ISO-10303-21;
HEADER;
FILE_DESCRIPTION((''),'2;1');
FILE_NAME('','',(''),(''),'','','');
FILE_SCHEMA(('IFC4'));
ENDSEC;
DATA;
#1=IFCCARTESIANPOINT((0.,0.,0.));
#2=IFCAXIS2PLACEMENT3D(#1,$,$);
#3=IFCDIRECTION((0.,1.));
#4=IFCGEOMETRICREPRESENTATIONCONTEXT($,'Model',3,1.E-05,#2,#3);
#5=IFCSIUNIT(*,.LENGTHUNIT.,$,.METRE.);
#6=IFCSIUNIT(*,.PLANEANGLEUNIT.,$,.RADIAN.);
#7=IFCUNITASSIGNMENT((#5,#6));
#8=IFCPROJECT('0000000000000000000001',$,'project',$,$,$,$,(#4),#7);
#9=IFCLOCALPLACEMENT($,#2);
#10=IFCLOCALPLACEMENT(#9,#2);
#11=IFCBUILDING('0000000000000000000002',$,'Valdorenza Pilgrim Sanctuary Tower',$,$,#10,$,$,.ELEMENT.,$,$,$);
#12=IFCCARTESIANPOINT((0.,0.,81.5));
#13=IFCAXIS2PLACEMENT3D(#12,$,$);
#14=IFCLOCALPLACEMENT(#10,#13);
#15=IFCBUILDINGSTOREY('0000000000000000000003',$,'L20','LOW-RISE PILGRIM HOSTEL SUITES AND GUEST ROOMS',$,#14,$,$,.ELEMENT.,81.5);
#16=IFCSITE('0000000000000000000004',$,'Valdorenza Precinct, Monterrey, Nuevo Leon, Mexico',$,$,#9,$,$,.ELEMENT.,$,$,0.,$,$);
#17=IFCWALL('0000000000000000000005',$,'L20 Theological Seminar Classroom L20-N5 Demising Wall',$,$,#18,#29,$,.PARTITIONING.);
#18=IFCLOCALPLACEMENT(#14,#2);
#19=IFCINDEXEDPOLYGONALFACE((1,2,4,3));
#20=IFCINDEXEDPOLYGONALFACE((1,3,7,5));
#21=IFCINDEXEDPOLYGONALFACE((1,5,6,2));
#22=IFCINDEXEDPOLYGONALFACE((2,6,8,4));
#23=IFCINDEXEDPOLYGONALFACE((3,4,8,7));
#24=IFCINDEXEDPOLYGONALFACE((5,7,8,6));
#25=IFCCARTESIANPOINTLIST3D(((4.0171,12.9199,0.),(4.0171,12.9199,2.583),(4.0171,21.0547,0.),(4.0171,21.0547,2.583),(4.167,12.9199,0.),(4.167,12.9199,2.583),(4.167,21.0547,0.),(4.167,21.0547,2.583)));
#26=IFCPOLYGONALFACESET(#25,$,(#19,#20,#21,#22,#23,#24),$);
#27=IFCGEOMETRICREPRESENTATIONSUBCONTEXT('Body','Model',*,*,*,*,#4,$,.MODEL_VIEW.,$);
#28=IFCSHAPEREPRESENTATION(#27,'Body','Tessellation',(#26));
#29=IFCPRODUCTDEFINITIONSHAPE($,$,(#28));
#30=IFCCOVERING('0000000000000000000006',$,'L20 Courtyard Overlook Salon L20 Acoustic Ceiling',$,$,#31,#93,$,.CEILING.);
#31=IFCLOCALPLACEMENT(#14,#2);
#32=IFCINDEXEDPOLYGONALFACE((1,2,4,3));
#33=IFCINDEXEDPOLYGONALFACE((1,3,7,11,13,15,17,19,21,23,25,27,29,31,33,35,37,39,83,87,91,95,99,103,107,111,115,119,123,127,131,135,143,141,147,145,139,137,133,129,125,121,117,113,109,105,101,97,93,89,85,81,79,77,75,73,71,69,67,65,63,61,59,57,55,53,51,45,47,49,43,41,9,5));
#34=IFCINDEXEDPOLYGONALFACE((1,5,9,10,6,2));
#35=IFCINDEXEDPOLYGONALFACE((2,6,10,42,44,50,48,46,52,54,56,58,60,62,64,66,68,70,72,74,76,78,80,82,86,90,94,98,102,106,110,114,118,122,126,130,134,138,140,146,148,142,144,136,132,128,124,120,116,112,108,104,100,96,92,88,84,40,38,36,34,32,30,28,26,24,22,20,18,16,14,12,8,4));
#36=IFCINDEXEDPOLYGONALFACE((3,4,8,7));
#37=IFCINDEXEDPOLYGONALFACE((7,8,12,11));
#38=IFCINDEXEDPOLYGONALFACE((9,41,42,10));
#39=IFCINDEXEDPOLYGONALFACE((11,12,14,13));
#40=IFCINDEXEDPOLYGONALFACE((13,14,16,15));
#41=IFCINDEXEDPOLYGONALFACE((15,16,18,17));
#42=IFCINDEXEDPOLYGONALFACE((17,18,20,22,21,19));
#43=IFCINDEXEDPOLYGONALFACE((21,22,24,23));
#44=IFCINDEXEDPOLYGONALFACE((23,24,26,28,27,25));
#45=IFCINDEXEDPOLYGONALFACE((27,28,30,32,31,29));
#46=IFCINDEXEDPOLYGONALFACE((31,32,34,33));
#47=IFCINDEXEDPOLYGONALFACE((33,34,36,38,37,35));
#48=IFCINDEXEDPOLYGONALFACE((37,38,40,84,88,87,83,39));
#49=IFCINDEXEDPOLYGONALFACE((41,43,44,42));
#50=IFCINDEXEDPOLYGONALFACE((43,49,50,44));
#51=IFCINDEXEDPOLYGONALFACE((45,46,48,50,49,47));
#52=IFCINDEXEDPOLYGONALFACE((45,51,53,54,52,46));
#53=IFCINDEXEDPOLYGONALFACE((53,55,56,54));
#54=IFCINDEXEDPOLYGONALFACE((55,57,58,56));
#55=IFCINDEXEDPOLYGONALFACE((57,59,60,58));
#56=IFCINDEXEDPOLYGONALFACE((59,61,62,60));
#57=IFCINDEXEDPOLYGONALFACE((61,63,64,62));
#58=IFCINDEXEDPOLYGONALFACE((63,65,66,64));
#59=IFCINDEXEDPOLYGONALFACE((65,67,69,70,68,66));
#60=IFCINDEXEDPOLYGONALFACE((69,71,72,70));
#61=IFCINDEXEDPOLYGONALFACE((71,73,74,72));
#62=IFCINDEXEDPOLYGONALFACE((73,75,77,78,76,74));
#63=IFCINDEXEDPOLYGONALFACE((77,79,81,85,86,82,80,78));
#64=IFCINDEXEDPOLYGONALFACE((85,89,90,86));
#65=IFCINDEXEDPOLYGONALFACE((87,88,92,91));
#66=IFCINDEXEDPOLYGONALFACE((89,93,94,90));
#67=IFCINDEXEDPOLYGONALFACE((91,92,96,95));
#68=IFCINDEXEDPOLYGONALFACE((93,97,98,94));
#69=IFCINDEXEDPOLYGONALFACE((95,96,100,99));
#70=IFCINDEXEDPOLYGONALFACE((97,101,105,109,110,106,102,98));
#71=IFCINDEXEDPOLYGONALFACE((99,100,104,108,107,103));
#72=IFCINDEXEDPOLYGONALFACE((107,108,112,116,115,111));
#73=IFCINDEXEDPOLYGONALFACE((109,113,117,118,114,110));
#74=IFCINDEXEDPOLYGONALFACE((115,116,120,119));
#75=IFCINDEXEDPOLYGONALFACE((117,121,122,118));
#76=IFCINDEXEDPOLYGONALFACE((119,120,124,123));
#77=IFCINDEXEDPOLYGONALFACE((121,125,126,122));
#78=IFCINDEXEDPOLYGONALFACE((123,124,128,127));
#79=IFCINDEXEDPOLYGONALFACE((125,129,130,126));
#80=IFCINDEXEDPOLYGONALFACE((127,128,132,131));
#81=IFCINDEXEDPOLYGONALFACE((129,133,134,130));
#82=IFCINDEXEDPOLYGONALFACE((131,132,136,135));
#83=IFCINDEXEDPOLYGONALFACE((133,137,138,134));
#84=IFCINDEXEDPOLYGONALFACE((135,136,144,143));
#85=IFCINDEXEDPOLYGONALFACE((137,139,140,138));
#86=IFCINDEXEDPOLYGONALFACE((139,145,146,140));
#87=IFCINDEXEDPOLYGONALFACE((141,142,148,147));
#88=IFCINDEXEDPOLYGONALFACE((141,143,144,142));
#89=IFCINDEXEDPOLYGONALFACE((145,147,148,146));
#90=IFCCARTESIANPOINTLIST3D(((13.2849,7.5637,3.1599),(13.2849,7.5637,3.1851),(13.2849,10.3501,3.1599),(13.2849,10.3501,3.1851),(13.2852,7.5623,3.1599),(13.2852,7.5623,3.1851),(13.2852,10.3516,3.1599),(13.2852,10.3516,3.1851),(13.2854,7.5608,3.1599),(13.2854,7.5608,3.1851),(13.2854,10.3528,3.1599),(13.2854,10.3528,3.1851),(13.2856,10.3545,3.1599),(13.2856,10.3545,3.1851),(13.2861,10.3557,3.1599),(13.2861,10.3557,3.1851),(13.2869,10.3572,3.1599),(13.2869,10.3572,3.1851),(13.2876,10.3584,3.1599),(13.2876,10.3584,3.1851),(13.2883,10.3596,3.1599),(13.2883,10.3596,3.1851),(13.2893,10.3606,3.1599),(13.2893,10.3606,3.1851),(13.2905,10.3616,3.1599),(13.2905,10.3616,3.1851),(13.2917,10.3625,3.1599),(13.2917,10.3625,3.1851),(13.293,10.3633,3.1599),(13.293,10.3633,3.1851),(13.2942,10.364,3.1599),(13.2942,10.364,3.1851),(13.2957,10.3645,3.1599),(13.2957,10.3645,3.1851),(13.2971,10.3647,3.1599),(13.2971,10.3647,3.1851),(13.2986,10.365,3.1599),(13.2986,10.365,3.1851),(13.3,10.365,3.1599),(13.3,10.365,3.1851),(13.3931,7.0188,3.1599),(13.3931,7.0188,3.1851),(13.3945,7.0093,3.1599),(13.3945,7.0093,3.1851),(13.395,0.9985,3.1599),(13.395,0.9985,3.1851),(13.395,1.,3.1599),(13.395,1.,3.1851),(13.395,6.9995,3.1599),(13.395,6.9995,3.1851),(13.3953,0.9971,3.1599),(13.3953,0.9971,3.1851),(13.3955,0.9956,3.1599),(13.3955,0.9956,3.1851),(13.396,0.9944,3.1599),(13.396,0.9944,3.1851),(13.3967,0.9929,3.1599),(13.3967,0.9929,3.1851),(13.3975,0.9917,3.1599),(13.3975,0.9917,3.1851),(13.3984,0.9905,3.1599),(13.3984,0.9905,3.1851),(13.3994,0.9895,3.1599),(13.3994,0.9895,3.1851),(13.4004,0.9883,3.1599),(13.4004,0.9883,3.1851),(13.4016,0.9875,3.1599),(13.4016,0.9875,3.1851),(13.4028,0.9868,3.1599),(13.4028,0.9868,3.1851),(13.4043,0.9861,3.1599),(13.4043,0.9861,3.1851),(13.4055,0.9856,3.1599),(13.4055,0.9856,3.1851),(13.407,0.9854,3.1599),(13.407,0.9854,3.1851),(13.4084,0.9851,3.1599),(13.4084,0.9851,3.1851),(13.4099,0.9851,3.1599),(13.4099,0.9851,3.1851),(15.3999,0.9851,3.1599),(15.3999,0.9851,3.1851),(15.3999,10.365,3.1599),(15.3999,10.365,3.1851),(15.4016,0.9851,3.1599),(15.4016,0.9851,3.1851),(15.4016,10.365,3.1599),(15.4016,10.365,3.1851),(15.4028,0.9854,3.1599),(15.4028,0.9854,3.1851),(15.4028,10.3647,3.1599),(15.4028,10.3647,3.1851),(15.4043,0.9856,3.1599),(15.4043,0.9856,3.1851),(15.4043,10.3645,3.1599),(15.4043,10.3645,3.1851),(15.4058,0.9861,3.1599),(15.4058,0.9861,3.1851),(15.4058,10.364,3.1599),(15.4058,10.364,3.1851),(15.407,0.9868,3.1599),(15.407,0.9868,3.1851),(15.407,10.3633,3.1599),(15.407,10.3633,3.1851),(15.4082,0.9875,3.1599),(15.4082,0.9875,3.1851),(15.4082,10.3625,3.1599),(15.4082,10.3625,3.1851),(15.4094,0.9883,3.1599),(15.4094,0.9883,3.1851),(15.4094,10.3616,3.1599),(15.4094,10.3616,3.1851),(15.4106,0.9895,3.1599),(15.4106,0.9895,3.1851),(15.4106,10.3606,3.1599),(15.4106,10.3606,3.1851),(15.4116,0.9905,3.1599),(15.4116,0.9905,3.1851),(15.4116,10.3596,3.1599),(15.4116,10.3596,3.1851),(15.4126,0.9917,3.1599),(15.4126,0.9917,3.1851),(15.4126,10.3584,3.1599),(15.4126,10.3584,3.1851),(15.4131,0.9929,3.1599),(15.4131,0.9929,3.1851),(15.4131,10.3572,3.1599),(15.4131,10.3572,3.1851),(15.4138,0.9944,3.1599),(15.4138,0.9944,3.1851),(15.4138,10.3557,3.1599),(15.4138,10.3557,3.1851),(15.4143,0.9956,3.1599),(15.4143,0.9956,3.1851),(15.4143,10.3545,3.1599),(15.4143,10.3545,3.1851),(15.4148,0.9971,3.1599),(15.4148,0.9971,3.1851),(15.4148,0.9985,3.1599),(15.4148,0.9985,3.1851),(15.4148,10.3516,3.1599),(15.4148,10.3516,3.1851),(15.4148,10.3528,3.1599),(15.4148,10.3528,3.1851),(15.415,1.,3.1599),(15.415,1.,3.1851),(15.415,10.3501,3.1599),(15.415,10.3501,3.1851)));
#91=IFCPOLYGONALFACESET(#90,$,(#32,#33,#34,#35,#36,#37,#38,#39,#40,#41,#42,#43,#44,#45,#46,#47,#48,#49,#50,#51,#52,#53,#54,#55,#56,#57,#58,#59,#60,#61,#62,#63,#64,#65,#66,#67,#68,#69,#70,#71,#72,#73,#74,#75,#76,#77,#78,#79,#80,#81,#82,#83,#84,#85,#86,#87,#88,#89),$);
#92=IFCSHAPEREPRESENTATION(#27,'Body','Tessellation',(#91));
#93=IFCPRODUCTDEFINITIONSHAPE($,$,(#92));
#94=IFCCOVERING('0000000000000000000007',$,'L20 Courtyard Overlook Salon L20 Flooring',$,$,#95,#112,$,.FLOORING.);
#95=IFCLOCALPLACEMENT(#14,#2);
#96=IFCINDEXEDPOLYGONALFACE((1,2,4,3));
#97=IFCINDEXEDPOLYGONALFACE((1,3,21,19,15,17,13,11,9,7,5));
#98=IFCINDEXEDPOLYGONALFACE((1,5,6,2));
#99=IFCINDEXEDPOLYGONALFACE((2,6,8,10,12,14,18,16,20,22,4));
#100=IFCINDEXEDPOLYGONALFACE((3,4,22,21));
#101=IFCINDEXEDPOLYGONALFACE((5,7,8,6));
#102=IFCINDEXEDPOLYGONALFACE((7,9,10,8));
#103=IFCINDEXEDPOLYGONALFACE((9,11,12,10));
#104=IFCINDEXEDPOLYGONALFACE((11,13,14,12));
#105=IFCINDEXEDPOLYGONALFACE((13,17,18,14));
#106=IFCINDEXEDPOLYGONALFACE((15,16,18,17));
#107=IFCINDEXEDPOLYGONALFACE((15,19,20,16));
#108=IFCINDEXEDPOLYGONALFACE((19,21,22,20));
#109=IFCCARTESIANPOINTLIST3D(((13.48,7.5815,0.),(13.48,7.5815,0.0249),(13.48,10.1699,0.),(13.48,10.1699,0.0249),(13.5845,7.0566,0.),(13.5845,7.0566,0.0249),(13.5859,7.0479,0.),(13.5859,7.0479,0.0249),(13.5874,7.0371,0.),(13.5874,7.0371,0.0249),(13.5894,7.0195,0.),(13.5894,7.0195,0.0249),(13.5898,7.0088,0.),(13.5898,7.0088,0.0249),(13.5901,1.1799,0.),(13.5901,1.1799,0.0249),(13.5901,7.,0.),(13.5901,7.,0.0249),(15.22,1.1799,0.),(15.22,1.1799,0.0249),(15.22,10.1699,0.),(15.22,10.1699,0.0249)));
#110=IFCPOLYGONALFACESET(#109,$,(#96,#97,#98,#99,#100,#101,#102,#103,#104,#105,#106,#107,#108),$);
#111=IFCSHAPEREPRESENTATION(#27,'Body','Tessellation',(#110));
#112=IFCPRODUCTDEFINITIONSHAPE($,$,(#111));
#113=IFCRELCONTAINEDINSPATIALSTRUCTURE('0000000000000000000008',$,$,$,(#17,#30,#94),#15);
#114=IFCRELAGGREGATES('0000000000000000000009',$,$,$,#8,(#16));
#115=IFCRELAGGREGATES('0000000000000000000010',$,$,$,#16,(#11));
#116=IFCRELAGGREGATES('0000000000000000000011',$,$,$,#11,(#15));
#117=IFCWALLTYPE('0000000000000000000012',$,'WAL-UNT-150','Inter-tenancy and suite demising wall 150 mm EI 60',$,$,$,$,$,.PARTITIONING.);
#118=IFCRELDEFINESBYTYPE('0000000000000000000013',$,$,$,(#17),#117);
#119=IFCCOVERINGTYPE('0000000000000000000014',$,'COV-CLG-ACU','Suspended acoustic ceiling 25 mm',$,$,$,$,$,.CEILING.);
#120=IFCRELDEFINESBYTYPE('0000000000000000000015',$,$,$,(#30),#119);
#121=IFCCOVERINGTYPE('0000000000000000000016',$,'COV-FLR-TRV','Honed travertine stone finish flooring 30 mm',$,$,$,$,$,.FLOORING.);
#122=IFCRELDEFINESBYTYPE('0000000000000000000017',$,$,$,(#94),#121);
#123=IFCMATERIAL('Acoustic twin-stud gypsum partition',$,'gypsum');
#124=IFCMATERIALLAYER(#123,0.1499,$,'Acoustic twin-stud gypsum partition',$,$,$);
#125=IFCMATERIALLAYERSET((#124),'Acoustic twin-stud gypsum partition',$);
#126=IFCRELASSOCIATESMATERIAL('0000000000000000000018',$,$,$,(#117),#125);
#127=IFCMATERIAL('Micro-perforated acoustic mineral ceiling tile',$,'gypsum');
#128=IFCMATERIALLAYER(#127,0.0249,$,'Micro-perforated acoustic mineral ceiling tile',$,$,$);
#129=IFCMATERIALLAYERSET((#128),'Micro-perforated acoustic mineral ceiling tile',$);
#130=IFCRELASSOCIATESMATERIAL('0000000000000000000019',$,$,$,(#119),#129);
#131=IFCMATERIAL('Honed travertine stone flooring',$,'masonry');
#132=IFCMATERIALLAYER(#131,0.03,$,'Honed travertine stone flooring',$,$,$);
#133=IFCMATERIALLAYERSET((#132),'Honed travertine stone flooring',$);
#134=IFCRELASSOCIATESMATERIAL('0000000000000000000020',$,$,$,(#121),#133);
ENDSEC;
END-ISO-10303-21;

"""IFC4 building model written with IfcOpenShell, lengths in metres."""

from ifc_helpers import new_model, si_unit, direction, frame, frame_2d, origin, place, context, subcontext, project, spatial, polyline, rectangle, outline, extrude, material, layer, layer_set, type_object, element, save


model = new_model("IFC4")

# Units and contexts
model_context = context("Model", 3, precision=1e-05, world=origin(), true_north=direction((0.0, 1.0)))
body_context = subcontext(model_context, "Body", "Model", "MODEL_VIEW")
ifc_project = project(units=[si_unit("LENGTHUNIT", "METRE"), si_unit("PLANEANGLEUNIT", "RADIAN")], contexts=[model_context])

# Site, building, storey
site_placement = place(None, origin())
site = spatial("IfcSite", under=ifc_project, at=site_placement, Name="Valdorenza Precinct, Monterrey, Nuevo Leon, Mexico", CompositionType="ELEMENT", RefElevation=0.0)
building_placement = place(site_placement, origin())
building = spatial("IfcBuilding", under=site, at=building_placement, Name="Valdorenza Pilgrim Sanctuary Tower", CompositionType="ELEMENT")
storey_placement = place(building_placement, frame((0.0, 0.0, 81.5)))
storey = spatial("IfcBuildingStorey", under=building, at=storey_placement, Name="L20", Description="LOW-RISE PILGRIM HOSTEL SUITES AND GUEST ROOMS", CompositionType="ELEMENT", Elevation=81.5)

# Wall
ifc_material_1 = material(Name="Acoustic twin-stud gypsum partition", Category="gypsum")
ifc_layer_1 = layer(ifc_material_1, 0.1499, Name="Acoustic twin-stud gypsum partition")
ifc_layer_set_1 = layer_set([ifc_layer_1], Name="Acoustic twin-stud gypsum partition")
wall_type_1 = type_object("IfcWallType", Name="WAL-UNT-150", Description="Inter-tenancy and suite demising wall 150 mm EI 60", PredefinedType="PARTITIONING", material=ifc_layer_set_1)
wall_1_placement = place(storey_placement, frame((4.092, 12.9199, 0.0), z_axis=(0.0, 0.0, 1.0), x_axis=(0.0, 1.0, 0.0)))
element("IfcWall", 1, at=wall_1_placement, inside=storey, type_object=wall_type_1, Name="L20 Theological Seminar Classroom L20-N5 Demising Wall", PredefinedType="PARTITIONING", context=body_context, shape_type="SweptSolid", body=[
    extrude(rectangle(XDim=8.1348, YDim=0.1499, at=frame_2d((4.0674, 0.0))), origin(), (0.0, 0.0, 1.0), 2.583),
])

# Coverings
ifc_material_2 = material(Name="Micro-perforated acoustic mineral ceiling tile", Category="gypsum")
ifc_layer_2 = layer(ifc_material_2, 0.0249, Name="Micro-perforated acoustic mineral ceiling tile")
ifc_layer_set_2 = layer_set([ifc_layer_2], Name="Micro-perforated acoustic mineral ceiling tile")
covering_type_1 = type_object("IfcCoveringType", Name="COV-CLG-ACU", Description="Suspended acoustic ceiling 25 mm", PredefinedType="CEILING", material=ifc_layer_set_2)
covering_1_placement = place(storey_placement, frame((0.0, 0.0, 3.1599)))
element("IfcCovering", 2, at=covering_1_placement, inside=storey, type_object=covering_type_1, Name="L20 Courtyard Overlook Salon L20 Acoustic Ceiling", PredefinedType="CEILING", context=body_context, shape_type="SweptSolid", body=[
    extrude(outline(polyline([(15.3999, 10.365), (15.4016, 10.365), (15.4028, 10.3647), (15.4043, 10.3645), (15.4058, 10.364), (15.407, 10.3633), (15.4082, 10.3625), (15.4094, 10.3616), (15.4106, 10.3606), (15.4116, 10.3596), (15.4126, 10.3584), (15.4131, 10.3572), (15.4138, 10.3557), (15.4143, 10.3545), (15.4148, 10.3528), (15.4148, 10.3516), (15.415, 10.3501), (15.415, 1.0), (15.4148, 0.9985), (15.4148, 0.9971), (15.4143, 0.9956), (15.4138, 0.9944), (15.4131, 0.9929), (15.4126, 0.9917), (15.4116, 0.9905), (15.4106, 0.9895), (15.4094, 0.9883), (15.4082, 0.9875), (15.407, 0.9868), (15.4058, 0.9861), (15.4043, 0.9856), (15.4028, 0.9854), (15.4016, 0.9851), (15.3999, 0.9851), (13.4099, 0.9851), (13.4084, 0.9851), (13.407, 0.9854), (13.4055, 0.9856), (13.4043, 0.9861), (13.4028, 0.9868), (13.4016, 0.9875), (13.4004, 0.9883), (13.3994, 0.9895), (13.3984, 0.9905), (13.3975, 0.9917), (13.3967, 0.9929), (13.396, 0.9944), (13.3955, 0.9956), (13.3953, 0.9971), (13.395, 0.9985), (13.395, 1.0), (13.395, 6.9995), (13.3945, 7.0093), (13.3931, 7.0188), (13.2854, 7.5608), (13.2852, 7.5623), (13.2849, 7.5637), (13.2849, 10.3501), (13.2852, 10.3516), (13.2854, 10.3528), (13.2856, 10.3545), (13.2861, 10.3557), (13.2869, 10.3572), (13.2876, 10.3584), (13.2883, 10.3596), (13.2893, 10.3606), (13.2905, 10.3616), (13.2917, 10.3625), (13.293, 10.3633), (13.2942, 10.364), (13.2957, 10.3645), (13.2971, 10.3647), (13.2986, 10.365), (13.3, 10.365), (15.3999, 10.365)])), origin(), (0.0, 0.0, 1.0), 0.0251),
])
ifc_material_3 = material(Name="Honed travertine stone flooring", Category="masonry")
ifc_layer_3 = layer(ifc_material_3, 0.03, Name="Honed travertine stone flooring")
ifc_layer_set_3 = layer_set([ifc_layer_3], Name="Honed travertine stone flooring")
covering_type_2 = type_object("IfcCoveringType", Name="COV-FLR-TRV", Description="Honed travertine stone finish flooring 30 mm", PredefinedType="FLOORING", material=ifc_layer_set_3)
covering_2_placement = place(storey_placement, origin())
element("IfcCovering", 3, at=covering_2_placement, inside=storey, type_object=covering_type_2, Name="L20 Courtyard Overlook Salon L20 Flooring", PredefinedType="FLOORING", context=body_context, shape_type="SweptSolid", body=[
    extrude(outline(polyline([(15.22, 10.1699), (15.22, 1.1799), (13.5901, 1.1799), (13.5901, 7.0), (13.5898, 7.0088), (13.5894, 7.0195), (13.5874, 7.0371), (13.5859, 7.0479), (13.5845, 7.0566), (13.48, 7.5815), (13.48, 10.1699), (15.22, 10.1699)])), origin(), (0.0, 0.0, 1.0), 0.0249),
])

save(model, "model.ifc")
